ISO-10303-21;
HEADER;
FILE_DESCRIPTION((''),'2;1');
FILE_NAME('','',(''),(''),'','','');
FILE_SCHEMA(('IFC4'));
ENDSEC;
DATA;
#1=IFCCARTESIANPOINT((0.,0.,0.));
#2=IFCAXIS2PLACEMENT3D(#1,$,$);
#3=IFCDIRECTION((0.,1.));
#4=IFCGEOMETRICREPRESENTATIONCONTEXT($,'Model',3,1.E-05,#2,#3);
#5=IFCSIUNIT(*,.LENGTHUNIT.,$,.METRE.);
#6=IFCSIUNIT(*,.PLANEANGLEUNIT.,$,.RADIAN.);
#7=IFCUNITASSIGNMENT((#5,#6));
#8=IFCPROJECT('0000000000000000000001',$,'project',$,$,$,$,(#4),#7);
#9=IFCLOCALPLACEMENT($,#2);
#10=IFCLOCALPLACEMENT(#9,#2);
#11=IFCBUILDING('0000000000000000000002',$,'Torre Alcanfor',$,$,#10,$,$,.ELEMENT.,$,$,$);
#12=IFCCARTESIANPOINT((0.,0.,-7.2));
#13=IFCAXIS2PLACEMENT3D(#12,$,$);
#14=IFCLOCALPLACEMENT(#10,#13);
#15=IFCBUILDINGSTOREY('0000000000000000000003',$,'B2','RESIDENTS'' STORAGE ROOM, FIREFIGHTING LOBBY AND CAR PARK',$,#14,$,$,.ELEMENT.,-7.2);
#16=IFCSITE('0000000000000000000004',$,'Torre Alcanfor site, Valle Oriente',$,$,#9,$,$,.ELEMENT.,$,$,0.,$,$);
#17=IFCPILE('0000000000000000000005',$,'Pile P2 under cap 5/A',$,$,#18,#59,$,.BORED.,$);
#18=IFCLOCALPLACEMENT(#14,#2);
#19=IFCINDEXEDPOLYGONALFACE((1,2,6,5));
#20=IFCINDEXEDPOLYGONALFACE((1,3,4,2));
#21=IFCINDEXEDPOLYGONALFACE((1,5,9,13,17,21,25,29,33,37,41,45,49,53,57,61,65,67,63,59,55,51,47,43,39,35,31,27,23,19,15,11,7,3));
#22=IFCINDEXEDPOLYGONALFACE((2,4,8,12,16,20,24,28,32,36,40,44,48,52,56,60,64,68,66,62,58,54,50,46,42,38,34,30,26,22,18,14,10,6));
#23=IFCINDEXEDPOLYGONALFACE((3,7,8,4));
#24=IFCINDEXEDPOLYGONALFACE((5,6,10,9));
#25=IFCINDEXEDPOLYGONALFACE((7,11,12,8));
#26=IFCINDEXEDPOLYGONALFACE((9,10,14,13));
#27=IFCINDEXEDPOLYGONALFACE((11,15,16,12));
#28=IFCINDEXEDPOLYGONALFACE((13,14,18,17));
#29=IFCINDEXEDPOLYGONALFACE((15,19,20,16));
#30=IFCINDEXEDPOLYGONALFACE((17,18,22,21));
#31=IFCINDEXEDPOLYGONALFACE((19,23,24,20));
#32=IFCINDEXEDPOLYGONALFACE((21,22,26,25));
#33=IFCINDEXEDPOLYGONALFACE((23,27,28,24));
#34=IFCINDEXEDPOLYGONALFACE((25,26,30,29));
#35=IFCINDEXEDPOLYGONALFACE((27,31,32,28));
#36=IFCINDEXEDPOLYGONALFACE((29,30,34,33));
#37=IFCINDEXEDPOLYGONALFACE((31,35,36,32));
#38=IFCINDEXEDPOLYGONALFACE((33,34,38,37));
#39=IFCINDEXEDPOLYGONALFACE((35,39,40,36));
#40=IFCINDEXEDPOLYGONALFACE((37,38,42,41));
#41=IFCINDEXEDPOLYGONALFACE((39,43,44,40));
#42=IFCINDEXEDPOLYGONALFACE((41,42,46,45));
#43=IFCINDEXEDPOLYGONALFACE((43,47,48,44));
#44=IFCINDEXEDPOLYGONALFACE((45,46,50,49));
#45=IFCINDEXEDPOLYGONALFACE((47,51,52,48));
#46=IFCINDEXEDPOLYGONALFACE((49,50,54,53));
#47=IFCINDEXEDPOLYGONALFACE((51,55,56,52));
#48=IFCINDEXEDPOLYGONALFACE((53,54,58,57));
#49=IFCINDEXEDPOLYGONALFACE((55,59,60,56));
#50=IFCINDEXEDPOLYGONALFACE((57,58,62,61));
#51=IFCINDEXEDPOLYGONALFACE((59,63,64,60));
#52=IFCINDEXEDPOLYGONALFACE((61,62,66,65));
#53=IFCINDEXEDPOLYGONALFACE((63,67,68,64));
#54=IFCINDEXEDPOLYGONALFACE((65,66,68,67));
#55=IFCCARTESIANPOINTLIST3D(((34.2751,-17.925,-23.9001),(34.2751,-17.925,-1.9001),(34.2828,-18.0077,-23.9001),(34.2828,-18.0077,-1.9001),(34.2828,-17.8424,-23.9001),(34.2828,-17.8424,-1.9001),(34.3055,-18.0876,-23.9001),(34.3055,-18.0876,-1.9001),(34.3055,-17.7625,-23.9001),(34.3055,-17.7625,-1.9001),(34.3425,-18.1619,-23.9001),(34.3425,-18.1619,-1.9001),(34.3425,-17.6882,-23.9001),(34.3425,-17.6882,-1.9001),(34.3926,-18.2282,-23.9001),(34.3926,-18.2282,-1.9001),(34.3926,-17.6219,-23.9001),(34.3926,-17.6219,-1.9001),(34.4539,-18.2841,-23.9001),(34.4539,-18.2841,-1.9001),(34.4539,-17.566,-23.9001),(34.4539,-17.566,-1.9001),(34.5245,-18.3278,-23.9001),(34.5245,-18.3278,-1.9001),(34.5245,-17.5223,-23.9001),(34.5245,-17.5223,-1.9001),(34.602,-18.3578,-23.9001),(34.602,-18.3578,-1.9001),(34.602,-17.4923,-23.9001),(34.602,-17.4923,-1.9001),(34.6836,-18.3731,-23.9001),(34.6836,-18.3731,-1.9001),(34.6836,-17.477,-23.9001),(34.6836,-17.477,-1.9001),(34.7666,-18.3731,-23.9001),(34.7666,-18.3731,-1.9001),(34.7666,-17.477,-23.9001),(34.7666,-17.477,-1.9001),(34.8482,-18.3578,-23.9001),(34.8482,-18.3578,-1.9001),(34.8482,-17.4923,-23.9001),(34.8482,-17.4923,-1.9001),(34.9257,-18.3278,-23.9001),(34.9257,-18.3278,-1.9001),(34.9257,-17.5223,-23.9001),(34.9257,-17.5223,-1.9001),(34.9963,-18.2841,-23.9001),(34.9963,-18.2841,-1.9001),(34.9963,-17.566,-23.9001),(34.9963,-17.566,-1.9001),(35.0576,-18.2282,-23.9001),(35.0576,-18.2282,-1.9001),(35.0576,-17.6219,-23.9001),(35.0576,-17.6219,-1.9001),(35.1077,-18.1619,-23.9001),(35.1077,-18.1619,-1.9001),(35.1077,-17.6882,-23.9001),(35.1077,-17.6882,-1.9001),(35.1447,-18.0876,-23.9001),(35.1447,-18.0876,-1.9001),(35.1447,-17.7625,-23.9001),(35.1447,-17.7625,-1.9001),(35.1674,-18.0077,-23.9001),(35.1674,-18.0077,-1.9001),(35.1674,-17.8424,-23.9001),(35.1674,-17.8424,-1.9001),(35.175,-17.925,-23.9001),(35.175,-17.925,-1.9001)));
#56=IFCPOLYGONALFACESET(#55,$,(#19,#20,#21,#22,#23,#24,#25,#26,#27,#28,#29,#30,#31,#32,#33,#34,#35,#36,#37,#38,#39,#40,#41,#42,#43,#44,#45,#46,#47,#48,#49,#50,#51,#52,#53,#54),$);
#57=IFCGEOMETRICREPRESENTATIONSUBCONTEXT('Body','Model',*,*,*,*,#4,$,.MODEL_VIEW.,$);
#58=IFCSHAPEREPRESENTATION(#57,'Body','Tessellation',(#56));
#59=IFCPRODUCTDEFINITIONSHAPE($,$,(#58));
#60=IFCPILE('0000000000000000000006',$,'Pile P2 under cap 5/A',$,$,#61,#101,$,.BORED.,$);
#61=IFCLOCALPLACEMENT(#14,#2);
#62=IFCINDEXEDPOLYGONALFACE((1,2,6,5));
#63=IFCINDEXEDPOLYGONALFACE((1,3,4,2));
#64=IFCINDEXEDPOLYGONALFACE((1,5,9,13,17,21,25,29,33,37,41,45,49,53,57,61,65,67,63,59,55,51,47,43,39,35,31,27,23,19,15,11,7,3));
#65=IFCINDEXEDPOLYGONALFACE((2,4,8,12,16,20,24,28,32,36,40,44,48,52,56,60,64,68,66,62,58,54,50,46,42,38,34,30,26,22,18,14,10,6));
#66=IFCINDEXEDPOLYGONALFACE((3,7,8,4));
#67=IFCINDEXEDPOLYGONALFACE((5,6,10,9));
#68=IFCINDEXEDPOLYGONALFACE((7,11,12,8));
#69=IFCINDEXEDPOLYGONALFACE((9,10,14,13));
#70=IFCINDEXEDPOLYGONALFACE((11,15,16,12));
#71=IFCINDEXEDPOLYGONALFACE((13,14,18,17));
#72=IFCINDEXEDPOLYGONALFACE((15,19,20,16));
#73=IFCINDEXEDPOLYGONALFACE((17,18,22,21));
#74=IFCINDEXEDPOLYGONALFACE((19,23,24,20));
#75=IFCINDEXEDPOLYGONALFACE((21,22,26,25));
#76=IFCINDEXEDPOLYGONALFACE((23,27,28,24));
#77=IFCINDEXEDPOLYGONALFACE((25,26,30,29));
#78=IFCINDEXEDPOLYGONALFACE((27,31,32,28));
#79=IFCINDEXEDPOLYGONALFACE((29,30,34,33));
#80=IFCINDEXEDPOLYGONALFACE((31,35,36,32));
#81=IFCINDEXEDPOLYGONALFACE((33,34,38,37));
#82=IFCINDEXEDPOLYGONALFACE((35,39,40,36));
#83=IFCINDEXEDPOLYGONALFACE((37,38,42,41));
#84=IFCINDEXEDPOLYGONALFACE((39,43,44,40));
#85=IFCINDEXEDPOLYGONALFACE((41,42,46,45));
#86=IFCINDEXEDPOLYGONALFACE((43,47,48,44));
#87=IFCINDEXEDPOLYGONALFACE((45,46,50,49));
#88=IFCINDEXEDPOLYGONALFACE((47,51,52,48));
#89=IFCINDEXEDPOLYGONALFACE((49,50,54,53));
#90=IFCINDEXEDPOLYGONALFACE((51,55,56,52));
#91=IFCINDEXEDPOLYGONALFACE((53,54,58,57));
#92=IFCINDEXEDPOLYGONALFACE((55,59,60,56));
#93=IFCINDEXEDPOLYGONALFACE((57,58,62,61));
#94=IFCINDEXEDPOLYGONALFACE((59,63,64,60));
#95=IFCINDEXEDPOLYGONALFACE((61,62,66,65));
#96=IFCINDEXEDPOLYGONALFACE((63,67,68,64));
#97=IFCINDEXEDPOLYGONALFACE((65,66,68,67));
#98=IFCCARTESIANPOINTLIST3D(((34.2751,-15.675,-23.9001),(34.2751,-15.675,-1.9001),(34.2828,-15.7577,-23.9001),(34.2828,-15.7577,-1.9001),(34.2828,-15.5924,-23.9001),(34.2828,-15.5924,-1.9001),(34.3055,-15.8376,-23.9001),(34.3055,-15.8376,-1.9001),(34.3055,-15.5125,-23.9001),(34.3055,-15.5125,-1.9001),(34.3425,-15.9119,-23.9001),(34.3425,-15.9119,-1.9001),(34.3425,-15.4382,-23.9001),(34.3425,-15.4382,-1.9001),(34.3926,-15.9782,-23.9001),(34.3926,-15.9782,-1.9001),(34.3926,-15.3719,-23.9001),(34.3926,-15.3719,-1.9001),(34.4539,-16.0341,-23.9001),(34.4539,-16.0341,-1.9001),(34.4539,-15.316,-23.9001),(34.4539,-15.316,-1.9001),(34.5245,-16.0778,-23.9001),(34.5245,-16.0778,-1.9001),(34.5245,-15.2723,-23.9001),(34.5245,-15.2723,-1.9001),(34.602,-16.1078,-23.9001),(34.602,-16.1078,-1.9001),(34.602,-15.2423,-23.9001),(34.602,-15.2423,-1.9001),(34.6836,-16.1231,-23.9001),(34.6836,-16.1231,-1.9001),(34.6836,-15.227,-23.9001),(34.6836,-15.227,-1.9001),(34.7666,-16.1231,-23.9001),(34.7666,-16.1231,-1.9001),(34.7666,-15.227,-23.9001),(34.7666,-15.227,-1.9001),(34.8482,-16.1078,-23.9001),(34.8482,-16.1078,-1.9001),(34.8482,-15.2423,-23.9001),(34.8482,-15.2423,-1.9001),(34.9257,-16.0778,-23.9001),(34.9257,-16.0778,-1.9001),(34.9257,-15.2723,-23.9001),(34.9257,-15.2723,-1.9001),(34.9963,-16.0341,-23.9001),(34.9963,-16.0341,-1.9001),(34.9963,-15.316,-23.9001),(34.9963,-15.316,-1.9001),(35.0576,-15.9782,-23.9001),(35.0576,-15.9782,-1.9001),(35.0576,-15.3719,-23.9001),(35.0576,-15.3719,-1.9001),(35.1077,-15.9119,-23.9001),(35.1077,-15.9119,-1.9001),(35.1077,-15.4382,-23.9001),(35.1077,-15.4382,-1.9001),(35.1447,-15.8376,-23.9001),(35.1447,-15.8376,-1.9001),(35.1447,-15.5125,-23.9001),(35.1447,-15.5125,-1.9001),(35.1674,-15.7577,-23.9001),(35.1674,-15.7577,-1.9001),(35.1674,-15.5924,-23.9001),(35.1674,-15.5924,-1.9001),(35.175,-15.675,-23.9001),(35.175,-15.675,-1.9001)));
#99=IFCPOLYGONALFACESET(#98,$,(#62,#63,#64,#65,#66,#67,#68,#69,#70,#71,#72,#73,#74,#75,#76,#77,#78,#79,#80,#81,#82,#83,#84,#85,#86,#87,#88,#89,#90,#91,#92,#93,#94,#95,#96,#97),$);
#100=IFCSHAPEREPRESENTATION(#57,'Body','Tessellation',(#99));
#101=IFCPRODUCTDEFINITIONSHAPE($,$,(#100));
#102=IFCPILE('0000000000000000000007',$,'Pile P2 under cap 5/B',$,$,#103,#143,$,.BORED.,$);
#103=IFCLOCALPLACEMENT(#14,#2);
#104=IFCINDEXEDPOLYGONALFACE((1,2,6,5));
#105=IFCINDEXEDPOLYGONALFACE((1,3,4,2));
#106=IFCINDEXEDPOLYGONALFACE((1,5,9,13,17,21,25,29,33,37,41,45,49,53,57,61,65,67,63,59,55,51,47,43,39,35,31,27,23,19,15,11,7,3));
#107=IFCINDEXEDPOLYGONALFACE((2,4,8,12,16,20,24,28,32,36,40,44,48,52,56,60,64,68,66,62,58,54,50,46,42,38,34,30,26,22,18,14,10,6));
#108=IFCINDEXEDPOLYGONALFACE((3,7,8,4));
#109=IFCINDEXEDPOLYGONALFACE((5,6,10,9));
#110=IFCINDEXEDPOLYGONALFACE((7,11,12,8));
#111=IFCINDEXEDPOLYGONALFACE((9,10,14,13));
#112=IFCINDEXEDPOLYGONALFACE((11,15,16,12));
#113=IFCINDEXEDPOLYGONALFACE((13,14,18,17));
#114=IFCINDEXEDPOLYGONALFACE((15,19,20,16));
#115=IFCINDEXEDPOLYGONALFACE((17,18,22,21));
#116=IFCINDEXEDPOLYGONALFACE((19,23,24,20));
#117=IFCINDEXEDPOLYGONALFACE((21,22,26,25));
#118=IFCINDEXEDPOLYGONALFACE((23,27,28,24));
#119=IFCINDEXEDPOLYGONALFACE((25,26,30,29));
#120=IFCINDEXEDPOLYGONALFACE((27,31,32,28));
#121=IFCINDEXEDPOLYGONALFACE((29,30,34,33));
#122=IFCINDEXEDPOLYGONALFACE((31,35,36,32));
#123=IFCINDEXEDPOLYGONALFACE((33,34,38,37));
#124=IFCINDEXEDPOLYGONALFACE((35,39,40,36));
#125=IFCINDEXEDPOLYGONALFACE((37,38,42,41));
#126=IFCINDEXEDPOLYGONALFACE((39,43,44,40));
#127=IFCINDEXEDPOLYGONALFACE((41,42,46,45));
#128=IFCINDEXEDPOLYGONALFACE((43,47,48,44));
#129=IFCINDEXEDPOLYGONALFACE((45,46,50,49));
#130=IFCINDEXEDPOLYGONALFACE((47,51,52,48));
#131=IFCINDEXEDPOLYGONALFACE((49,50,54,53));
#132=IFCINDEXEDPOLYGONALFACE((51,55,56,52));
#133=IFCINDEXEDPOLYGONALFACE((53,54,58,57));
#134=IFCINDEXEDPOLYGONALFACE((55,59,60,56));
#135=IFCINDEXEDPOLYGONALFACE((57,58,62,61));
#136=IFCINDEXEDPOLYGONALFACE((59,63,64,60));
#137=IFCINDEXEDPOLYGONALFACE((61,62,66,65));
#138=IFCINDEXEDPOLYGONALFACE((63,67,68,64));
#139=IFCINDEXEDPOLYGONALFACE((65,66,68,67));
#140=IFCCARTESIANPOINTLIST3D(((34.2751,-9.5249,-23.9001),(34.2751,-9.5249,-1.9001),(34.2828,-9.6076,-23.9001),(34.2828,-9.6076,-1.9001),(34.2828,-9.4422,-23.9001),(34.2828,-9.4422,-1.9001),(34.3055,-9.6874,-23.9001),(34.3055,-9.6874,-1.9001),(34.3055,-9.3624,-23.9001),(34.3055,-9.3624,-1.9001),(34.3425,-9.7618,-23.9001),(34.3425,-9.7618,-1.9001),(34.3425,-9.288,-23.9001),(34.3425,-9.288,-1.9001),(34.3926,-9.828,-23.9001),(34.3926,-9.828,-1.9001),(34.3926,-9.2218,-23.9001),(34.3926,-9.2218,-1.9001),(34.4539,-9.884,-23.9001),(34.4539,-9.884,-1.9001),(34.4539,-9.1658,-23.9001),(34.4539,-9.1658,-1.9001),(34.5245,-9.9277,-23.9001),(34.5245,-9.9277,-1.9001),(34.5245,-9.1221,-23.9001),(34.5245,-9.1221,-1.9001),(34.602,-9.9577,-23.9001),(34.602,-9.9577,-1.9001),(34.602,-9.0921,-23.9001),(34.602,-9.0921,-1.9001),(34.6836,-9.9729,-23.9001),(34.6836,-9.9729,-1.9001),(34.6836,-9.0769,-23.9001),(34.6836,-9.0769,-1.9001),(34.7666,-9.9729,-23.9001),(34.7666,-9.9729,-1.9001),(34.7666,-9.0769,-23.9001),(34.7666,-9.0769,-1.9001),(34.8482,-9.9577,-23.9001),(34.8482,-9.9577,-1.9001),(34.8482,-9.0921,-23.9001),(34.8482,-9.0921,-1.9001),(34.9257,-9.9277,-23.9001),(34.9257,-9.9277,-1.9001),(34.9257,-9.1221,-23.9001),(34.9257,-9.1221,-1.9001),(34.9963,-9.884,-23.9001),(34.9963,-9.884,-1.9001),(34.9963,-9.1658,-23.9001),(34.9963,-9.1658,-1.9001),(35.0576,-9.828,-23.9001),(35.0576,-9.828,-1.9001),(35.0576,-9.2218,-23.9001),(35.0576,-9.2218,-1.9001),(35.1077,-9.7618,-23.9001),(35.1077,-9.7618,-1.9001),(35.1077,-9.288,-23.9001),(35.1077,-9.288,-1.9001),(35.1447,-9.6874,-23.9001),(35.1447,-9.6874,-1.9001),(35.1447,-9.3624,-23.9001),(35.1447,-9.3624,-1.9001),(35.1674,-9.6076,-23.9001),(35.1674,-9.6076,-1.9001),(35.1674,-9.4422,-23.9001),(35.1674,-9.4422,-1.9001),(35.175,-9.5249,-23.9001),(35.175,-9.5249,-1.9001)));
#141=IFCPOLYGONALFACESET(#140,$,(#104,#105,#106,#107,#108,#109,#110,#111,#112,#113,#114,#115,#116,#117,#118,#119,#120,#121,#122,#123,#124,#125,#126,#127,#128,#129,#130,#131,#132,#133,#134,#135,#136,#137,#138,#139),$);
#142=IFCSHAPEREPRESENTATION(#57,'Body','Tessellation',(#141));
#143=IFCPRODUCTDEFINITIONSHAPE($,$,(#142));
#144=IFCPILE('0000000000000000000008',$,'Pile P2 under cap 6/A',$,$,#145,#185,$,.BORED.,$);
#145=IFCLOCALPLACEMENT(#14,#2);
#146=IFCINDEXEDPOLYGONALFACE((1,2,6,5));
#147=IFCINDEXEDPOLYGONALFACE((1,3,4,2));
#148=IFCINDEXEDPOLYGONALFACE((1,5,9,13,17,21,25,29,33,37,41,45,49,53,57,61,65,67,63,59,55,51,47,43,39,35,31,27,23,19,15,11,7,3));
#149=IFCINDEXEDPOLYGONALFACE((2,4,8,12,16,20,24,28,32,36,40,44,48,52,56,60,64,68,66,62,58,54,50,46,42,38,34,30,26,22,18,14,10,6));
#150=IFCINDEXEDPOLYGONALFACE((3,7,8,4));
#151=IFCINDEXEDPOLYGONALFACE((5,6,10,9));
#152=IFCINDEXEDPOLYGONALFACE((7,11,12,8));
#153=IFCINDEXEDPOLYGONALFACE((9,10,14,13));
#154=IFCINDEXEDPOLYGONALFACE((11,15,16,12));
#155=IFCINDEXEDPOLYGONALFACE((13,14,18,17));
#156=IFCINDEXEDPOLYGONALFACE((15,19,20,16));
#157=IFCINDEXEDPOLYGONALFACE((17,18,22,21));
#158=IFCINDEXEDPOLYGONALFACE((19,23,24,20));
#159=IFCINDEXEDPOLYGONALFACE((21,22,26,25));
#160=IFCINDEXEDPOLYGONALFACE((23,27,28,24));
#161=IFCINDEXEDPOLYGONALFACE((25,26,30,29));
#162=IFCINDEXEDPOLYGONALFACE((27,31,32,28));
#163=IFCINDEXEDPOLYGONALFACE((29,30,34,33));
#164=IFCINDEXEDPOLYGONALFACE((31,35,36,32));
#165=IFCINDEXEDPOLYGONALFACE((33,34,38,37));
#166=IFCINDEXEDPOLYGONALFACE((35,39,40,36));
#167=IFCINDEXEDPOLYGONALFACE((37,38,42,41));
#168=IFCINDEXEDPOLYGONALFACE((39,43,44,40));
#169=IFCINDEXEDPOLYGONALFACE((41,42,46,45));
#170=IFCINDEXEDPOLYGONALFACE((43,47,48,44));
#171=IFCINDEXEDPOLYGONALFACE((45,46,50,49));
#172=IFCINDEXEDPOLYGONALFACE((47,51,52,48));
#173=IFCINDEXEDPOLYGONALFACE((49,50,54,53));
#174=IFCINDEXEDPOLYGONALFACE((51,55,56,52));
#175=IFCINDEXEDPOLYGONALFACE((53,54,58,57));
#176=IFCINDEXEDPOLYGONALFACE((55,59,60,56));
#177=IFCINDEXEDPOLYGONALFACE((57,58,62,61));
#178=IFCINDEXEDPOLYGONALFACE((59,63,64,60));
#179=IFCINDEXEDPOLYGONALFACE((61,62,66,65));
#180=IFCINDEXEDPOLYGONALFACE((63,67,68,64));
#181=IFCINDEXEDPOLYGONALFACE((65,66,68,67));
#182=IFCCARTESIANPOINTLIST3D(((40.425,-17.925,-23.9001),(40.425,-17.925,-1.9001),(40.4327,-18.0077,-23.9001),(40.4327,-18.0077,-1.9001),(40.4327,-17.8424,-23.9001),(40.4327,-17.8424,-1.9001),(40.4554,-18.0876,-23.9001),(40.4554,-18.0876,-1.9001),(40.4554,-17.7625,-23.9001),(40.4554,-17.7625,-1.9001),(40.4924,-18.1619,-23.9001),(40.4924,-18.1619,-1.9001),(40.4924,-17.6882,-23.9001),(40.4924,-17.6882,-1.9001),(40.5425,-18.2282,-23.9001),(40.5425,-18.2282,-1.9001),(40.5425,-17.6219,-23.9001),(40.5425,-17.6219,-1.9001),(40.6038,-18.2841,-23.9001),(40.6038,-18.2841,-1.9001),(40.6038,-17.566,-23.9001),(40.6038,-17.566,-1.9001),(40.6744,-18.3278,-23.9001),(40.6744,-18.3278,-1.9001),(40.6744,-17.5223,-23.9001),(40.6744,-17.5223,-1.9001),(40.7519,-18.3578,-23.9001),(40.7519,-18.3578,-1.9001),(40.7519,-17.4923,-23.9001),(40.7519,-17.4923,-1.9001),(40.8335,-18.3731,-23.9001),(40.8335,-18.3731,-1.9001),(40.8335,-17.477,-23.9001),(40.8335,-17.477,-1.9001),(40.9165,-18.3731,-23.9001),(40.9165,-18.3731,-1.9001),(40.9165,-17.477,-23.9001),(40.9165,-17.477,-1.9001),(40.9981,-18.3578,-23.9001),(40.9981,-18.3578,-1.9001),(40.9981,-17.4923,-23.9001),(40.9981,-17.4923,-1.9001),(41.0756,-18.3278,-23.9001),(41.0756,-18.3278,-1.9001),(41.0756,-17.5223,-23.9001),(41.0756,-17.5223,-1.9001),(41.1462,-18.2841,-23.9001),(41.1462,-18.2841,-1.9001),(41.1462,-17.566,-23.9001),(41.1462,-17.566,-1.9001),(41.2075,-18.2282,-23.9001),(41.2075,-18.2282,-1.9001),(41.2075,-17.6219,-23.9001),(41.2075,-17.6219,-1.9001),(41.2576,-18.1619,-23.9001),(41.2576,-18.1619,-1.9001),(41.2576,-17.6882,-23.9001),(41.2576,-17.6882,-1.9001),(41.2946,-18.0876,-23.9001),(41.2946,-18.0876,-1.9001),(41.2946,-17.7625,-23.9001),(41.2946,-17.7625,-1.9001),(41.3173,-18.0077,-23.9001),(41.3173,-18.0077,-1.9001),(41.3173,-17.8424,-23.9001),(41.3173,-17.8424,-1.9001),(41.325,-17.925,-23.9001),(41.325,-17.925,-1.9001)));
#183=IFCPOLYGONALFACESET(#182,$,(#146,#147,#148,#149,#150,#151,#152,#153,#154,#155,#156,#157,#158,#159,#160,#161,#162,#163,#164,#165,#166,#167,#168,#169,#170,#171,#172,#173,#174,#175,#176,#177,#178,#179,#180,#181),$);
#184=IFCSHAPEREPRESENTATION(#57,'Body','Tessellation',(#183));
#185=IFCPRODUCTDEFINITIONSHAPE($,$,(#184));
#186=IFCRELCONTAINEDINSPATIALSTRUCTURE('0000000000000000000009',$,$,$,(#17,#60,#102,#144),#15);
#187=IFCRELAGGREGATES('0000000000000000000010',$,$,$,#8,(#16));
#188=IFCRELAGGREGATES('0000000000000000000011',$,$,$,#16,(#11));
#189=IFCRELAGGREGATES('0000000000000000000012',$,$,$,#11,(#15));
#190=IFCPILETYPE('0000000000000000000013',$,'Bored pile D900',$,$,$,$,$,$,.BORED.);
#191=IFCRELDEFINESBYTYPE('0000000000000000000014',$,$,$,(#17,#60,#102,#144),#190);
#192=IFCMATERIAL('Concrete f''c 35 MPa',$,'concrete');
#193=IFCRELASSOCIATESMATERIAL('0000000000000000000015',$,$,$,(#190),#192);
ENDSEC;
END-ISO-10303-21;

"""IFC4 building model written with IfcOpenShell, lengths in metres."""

from ifc_helpers import new_model, si_unit, direction, frame, origin, origin_2d, place, context, subcontext, project, spatial, circle, extrude, material, material_profile, profile_set, type_object, element, save


model = new_model("IFC4")

# Units and contexts
model_context = context("Model", 3, precision=1e-05, world=origin(), true_north=direction((0.0, 1.0)))
body_context = subcontext(model_context, "Body", "Model", "MODEL_VIEW")
ifc_project = project(units=[si_unit("LENGTHUNIT", "METRE"), si_unit("PLANEANGLEUNIT", "RADIAN")], contexts=[model_context])

# Site, building, storey
site_placement = place(None, origin())
site = spatial("IfcSite", under=ifc_project, at=site_placement, Name="Torre Alcanfor site, Valle Oriente", CompositionType="ELEMENT", RefElevation=0.0)
building_placement = place(site_placement, origin())
building = spatial("IfcBuilding", under=site, at=building_placement, Name="Torre Alcanfor", CompositionType="ELEMENT")
storey_placement = place(building_placement, frame((0.0, 0.0, -7.2)))
storey = spatial("IfcBuildingStorey", under=building, at=storey_placement, Name="B2", Description="RESIDENTS' STORAGE ROOM, FIREFIGHTING LOBBY AND CAR PARK", CompositionType="ELEMENT", Elevation=-7.2)

# Piles
ifc_material_1 = material(Name="Concrete f'c 35 MPa", Category="concrete")
ifc_material_profile_1 = material_profile(ifc_material_1, circle(Radius=0.45, at=origin_2d()), Name="D900")
ifc_profile_set_1 = profile_set([ifc_material_profile_1], Name="Concrete f'c 35 MPa")
pile_type = type_object("IfcPileType", Name="Bored pile D900", PredefinedType="BORED", material=ifc_profile_set_1)
for number, where, z_axis, x_axis, name in (
    (1, (34.7251, -17.925, -1.9001), (0.0, 0.0, -1.0), (1.0, 0.0, 0.0), "Pile P2 under cap 5/A"),
    (2, (34.7251, -15.675, -1.9001), (0.0, 0.0, -1.0), (1.0, 0.0, 0.0), "Pile P2 under cap 5/A"),
    (3, (34.7251, -9.5249, -1.9001), (0.0, 0.0, -1.0), (1.0, 0.0, 0.0), "Pile P2 under cap 5/B"),
    (4, (40.875, -17.925, -1.9001), (0.0, 0.0, -1.0), (1.0, 0.0, 0.0), "Pile P2 under cap 6/A"),
):
    element("IfcPile", number, at=place(storey_placement, frame(where, z_axis=z_axis, x_axis=x_axis)), inside=storey, type_object=pile_type, Name=name, PredefinedType="BORED", context=body_context, shape_type="SweptSolid", body=[
        extrude(circle(Radius=0.45, at=origin_2d()), origin(), (0.0, 0.0, 1.0), 22.0),
    ])

save(model, "model.ifc")
